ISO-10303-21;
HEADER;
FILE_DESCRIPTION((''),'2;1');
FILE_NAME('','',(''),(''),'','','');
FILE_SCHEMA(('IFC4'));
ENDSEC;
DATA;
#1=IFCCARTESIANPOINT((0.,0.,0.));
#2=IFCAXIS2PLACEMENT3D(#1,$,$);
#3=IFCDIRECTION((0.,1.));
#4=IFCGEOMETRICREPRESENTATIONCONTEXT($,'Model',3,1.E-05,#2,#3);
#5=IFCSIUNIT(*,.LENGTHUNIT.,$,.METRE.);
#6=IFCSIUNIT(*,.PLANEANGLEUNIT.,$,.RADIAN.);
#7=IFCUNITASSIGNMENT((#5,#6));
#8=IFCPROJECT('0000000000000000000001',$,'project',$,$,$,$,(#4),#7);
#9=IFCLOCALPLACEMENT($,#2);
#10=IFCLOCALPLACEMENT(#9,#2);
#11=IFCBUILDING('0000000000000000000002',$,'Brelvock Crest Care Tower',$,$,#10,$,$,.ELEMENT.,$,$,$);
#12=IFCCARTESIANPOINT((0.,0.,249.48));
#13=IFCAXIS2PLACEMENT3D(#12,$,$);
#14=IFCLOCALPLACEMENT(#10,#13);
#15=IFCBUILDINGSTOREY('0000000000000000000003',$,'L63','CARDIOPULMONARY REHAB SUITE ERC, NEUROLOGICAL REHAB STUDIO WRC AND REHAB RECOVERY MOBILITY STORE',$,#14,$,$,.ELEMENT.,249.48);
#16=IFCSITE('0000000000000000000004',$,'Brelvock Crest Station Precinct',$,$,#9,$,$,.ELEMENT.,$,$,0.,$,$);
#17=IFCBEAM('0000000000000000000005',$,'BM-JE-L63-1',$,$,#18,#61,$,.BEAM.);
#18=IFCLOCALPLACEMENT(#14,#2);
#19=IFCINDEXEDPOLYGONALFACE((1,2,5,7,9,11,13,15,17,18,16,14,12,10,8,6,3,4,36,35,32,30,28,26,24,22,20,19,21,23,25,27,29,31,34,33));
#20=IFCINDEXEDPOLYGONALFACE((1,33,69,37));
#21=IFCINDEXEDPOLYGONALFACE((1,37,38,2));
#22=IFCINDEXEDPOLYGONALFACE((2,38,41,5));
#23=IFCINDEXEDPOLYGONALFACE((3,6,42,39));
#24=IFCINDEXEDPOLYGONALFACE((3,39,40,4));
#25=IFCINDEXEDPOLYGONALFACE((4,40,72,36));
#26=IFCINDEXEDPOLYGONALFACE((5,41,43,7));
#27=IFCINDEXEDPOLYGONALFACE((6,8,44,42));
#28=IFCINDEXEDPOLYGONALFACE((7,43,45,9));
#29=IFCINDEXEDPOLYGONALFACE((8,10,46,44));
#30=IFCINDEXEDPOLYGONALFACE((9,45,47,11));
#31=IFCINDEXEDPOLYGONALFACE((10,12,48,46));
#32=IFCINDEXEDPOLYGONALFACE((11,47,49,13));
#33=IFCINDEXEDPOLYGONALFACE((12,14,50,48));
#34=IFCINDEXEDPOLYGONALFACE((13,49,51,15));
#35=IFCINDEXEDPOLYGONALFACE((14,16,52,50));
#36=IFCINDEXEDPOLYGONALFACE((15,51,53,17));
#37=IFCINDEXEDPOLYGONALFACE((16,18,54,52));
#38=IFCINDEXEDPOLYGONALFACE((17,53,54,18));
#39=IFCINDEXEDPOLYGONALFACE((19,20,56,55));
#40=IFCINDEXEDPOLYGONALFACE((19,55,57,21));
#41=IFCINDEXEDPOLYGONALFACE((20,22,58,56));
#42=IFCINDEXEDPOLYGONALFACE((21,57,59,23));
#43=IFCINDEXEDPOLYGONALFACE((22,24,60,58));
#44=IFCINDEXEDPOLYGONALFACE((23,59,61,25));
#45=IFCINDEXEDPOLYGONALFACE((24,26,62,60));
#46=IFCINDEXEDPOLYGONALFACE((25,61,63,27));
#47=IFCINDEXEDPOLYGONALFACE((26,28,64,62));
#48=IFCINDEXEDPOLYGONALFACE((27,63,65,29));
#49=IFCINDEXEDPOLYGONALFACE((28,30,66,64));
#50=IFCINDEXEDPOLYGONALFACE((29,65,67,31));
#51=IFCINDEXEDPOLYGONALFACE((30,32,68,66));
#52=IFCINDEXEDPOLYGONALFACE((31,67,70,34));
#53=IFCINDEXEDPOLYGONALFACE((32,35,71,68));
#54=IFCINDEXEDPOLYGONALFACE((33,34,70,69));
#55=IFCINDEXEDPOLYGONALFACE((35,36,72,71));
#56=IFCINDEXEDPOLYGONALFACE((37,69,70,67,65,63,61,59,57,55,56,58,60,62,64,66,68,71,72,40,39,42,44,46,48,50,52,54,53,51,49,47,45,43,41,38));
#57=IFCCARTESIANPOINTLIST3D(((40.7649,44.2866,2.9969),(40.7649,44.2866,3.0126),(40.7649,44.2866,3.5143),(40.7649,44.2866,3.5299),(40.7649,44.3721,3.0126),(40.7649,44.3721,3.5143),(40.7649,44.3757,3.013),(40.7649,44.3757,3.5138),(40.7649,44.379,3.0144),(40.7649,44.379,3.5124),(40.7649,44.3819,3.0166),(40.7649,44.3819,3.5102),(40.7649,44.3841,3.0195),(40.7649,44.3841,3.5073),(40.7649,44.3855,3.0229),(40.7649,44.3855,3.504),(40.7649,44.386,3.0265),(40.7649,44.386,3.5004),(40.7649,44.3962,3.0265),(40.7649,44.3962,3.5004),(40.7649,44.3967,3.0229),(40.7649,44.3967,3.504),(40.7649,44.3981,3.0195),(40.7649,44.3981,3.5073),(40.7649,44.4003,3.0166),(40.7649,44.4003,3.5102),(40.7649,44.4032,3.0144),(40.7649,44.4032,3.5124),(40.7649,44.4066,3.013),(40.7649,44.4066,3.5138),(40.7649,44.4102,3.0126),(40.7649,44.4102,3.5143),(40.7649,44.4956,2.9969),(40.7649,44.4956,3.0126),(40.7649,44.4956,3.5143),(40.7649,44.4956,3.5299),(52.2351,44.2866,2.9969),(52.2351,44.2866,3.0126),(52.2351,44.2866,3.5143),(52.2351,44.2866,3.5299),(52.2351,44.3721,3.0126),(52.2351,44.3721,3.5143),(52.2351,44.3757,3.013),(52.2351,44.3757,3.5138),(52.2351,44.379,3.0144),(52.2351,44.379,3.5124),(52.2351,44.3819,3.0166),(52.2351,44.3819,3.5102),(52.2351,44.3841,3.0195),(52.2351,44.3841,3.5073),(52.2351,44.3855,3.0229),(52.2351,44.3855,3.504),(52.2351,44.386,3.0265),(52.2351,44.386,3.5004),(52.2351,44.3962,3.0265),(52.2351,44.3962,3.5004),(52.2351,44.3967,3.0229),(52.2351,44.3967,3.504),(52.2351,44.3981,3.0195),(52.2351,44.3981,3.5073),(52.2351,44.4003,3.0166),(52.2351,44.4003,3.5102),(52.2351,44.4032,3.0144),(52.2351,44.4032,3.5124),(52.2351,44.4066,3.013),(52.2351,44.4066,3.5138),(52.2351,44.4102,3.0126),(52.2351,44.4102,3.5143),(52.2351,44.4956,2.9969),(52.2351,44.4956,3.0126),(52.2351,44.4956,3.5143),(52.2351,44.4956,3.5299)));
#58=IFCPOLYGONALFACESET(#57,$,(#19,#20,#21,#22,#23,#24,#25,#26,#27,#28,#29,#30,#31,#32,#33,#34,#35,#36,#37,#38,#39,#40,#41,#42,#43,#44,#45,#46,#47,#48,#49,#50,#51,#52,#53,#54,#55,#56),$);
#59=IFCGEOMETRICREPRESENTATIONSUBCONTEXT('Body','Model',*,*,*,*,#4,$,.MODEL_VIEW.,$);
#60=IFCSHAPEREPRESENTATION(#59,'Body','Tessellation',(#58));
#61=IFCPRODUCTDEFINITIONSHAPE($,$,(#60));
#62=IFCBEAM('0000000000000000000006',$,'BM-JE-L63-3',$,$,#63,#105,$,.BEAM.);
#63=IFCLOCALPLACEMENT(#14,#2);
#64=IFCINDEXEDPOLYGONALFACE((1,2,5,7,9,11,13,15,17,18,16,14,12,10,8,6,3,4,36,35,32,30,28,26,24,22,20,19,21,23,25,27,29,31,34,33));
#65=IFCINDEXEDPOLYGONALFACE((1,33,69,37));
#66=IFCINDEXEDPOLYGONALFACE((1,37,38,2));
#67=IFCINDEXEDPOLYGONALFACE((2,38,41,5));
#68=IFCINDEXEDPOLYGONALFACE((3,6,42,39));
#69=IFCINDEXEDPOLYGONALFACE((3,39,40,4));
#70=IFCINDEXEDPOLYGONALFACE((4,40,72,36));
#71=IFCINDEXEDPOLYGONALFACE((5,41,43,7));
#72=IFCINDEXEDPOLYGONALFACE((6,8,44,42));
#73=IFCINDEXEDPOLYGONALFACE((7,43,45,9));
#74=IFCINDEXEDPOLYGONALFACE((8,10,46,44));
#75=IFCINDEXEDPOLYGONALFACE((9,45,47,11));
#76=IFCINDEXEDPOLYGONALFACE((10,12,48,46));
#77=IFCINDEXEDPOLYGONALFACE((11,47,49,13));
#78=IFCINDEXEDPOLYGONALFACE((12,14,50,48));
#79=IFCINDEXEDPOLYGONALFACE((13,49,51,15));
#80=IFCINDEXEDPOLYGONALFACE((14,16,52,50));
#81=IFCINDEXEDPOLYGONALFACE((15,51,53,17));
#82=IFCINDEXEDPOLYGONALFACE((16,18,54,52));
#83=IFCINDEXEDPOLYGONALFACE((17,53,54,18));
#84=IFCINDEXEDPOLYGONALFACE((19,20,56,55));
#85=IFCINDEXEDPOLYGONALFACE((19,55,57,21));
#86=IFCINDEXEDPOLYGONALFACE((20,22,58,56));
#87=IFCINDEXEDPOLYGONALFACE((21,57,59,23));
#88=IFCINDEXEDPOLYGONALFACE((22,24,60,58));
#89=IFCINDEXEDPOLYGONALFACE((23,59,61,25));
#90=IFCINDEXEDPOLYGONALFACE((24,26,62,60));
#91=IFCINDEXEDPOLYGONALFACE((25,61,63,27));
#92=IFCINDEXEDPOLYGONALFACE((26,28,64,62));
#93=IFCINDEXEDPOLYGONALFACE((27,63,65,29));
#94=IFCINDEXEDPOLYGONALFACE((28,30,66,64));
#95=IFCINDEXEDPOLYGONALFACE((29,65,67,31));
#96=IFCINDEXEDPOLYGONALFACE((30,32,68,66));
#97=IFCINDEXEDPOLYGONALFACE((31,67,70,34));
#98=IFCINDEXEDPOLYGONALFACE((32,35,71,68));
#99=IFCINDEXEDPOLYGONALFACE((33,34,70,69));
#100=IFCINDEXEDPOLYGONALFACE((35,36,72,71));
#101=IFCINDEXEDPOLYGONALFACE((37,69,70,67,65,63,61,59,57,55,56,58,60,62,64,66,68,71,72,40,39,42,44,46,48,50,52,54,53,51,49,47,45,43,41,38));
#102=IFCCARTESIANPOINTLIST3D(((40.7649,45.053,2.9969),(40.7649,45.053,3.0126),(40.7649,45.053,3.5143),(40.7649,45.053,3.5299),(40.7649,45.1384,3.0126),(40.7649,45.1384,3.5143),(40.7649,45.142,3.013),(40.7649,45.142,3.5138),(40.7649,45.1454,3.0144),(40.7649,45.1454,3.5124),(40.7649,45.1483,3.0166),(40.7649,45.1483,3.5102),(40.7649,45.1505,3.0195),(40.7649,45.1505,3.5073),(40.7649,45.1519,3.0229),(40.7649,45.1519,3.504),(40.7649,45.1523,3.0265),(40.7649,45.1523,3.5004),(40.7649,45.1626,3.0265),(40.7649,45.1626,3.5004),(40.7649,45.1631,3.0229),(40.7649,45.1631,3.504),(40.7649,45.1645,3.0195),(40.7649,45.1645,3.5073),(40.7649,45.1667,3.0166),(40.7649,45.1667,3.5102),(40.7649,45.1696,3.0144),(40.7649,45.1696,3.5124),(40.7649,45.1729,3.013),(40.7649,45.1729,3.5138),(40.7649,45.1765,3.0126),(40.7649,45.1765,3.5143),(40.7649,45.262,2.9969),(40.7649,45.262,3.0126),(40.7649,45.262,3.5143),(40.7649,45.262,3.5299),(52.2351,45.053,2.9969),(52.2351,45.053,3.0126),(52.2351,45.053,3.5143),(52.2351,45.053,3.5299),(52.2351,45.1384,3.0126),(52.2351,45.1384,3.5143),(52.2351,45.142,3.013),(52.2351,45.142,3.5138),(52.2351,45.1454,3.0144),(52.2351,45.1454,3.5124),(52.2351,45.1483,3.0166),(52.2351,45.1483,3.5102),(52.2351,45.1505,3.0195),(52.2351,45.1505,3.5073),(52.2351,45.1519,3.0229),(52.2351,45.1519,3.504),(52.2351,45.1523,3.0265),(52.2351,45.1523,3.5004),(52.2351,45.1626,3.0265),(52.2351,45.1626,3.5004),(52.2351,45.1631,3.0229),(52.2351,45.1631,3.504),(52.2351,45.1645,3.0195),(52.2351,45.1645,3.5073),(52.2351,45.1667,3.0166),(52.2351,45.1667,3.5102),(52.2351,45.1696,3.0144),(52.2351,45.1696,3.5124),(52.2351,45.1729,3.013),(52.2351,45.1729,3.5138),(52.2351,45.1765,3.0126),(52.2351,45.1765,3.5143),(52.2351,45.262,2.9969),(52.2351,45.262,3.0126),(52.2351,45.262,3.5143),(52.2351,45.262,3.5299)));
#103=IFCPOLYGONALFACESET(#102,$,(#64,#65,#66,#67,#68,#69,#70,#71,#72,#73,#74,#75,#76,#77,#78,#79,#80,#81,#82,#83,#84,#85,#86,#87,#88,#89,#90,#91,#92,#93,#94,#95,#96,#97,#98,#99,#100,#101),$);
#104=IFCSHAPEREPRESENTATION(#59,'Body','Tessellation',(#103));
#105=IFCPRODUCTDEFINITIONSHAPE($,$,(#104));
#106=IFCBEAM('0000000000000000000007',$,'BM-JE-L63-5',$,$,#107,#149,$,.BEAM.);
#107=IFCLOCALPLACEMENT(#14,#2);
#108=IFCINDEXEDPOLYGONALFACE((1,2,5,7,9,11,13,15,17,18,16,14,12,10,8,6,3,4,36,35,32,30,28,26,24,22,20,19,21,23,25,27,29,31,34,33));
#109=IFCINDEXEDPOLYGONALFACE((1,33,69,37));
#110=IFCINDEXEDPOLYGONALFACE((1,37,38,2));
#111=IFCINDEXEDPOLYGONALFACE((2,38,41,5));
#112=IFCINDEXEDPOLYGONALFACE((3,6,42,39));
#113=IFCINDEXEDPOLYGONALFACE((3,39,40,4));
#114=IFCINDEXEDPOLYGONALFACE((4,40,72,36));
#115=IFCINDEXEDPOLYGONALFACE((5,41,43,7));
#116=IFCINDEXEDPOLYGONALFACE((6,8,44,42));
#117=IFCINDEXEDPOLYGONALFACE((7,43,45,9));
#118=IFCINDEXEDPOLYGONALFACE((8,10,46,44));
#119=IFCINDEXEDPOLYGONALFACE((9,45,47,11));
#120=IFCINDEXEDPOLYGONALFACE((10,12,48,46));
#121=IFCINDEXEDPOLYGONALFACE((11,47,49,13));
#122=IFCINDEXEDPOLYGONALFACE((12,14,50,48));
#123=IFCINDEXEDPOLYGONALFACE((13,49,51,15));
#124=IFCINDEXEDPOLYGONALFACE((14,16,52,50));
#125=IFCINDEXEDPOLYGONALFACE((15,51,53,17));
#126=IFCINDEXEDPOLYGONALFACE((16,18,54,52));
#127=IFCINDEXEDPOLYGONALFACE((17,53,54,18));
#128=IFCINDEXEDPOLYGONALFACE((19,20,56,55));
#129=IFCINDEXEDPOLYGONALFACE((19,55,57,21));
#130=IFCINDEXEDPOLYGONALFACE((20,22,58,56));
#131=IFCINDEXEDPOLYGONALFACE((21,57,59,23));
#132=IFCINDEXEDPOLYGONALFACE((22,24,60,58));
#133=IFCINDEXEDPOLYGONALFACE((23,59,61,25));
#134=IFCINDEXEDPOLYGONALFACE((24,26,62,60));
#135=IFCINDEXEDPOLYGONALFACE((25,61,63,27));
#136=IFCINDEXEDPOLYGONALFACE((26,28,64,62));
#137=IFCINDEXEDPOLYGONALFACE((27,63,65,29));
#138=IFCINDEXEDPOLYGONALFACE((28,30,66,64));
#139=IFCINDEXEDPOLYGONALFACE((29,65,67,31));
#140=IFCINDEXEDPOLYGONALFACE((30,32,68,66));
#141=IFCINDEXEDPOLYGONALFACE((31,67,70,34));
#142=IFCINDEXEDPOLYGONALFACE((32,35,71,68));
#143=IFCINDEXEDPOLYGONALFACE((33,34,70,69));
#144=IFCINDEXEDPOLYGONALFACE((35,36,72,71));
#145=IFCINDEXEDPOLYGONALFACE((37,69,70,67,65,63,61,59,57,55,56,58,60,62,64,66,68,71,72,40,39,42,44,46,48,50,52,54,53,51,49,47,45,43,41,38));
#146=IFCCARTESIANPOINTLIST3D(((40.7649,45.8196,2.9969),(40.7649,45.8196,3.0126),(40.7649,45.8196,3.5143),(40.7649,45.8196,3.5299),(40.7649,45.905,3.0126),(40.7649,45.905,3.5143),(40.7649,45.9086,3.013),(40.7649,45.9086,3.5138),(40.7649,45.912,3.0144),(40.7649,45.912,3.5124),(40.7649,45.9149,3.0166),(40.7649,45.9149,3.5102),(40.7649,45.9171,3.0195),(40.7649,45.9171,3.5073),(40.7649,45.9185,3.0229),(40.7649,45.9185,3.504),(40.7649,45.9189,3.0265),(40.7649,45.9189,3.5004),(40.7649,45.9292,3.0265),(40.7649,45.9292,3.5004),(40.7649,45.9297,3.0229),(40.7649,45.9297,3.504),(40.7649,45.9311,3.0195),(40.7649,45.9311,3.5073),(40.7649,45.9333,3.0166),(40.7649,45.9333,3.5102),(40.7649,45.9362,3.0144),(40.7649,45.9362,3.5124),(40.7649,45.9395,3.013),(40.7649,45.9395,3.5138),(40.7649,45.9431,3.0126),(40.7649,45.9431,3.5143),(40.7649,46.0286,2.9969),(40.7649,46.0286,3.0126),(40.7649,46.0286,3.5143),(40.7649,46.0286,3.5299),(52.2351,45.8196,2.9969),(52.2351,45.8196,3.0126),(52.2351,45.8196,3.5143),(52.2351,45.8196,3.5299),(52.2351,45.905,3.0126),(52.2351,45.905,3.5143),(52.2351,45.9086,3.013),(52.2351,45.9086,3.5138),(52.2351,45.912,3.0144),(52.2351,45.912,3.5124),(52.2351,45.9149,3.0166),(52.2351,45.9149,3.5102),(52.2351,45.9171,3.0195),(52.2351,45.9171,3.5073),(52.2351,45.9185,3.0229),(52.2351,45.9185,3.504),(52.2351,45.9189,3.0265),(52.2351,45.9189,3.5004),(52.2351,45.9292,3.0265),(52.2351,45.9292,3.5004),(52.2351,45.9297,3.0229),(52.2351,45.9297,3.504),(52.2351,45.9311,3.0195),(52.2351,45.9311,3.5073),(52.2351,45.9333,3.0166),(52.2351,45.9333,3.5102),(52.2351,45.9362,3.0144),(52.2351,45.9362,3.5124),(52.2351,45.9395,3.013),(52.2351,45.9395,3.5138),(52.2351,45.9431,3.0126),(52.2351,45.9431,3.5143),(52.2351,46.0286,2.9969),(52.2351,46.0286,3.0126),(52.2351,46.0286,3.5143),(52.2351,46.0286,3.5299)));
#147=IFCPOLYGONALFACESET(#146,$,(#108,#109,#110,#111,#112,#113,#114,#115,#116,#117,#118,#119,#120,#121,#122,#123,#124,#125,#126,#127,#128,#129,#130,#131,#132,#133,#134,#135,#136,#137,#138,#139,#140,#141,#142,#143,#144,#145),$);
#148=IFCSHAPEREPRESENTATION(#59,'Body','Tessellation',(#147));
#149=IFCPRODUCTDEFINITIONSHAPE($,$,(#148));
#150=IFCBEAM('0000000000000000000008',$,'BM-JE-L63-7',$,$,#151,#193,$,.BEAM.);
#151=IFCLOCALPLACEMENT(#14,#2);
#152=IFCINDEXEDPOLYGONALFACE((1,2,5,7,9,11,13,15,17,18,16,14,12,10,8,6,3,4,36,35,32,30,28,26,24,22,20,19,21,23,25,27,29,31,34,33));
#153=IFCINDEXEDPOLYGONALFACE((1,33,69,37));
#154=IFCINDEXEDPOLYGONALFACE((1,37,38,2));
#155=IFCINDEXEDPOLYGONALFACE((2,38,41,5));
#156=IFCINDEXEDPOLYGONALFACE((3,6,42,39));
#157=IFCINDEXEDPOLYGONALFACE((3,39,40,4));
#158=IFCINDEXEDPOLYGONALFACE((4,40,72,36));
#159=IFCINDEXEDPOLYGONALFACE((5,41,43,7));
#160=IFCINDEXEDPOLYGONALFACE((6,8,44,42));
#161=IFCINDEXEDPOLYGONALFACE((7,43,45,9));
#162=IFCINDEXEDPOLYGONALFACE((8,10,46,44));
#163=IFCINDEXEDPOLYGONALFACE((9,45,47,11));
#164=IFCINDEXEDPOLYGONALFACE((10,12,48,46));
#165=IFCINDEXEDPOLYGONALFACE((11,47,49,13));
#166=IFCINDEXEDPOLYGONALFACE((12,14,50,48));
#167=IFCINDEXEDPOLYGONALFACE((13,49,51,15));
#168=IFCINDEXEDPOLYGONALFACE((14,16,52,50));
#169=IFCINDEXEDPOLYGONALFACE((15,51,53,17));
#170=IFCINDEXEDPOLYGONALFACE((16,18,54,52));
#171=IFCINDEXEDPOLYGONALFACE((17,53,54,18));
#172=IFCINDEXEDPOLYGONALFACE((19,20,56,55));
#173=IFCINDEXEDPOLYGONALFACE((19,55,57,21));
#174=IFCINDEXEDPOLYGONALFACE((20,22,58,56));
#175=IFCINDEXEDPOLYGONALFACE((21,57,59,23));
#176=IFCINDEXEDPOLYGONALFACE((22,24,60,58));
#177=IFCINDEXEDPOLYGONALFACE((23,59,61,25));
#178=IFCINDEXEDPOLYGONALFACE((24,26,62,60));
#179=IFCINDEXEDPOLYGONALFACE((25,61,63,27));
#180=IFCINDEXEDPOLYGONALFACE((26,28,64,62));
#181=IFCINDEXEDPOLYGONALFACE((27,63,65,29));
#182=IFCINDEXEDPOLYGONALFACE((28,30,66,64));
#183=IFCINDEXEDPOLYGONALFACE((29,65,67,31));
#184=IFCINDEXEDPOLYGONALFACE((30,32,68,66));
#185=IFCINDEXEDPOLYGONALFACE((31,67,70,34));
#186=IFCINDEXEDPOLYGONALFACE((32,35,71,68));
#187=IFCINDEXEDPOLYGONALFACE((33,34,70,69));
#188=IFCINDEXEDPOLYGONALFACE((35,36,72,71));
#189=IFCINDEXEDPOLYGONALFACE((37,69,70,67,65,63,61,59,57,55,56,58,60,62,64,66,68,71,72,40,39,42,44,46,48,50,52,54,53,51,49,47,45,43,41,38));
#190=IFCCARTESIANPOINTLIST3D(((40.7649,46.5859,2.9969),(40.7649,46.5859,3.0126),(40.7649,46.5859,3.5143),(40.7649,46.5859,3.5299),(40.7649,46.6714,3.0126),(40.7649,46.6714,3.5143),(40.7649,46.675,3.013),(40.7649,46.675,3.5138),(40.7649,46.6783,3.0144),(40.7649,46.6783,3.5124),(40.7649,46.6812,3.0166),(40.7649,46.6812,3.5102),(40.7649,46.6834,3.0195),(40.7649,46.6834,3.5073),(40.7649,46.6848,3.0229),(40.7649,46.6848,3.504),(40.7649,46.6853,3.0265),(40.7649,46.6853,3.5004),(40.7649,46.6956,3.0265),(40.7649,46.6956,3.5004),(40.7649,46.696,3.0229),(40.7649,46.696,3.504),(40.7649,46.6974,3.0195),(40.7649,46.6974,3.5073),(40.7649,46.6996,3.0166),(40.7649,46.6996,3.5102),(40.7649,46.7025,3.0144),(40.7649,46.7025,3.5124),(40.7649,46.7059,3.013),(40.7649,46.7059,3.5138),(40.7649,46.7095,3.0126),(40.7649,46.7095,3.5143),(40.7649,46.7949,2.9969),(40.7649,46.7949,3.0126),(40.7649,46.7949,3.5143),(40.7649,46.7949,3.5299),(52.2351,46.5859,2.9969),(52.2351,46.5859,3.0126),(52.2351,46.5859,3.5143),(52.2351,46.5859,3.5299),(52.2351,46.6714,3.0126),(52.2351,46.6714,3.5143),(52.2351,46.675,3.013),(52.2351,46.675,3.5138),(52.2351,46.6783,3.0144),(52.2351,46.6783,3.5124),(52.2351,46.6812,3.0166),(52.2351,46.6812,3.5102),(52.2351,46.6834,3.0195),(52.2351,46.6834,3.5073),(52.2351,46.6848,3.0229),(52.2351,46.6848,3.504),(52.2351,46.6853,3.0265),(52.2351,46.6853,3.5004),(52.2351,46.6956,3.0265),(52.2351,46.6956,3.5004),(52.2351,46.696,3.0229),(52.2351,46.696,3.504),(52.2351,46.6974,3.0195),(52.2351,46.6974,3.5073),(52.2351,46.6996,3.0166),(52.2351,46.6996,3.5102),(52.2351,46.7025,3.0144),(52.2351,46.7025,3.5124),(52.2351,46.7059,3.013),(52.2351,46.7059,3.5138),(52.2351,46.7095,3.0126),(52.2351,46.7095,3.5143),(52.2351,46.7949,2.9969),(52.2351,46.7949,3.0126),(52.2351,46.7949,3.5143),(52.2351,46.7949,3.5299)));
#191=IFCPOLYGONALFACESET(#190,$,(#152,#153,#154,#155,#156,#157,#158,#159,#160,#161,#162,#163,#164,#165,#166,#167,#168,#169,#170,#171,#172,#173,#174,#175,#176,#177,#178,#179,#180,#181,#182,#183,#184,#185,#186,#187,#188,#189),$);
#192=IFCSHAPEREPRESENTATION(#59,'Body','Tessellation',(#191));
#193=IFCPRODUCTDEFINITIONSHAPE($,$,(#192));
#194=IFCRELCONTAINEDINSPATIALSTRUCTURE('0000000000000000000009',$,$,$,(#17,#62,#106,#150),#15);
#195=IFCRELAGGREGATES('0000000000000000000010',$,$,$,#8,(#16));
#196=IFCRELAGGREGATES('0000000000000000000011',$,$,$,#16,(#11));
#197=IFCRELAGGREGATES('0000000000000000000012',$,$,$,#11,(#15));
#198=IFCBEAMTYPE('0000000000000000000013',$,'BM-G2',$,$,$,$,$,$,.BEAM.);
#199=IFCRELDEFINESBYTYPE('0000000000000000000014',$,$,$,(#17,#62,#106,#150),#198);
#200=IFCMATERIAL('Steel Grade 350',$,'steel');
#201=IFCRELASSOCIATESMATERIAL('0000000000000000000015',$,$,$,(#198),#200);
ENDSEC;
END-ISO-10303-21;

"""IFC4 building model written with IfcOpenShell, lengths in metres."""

from ifc_helpers import new_model, si_unit, direction, frame, origin, origin_2d, place, context, subcontext, project, spatial, i_section, extrude, source, transform, mapped, material, material_profile, profile_set, type_object, element, save


model = new_model("IFC4")

# Units and contexts
model_context = context("Model", 3, precision=1e-05, world=origin(), true_north=direction((0.0, 1.0)))
body_context = subcontext(model_context, "Body", "Model", "MODEL_VIEW")
ifc_project = project(units=[si_unit("LENGTHUNIT", "METRE"), si_unit("PLANEANGLEUNIT", "RADIAN")], contexts=[model_context])

# Site, building, storey
site_placement = place(None, origin())
site = spatial("IfcSite", under=ifc_project, at=site_placement, Name="Brelvock Crest Station Precinct", CompositionType="ELEMENT", RefElevation=0.0)
building_placement = place(site_placement, origin())
building = spatial("IfcBuilding", under=site, at=building_placement, Name="Brelvock Crest Care Tower", CompositionType="ELEMENT")
storey_placement = place(building_placement, frame((0.0, 0.0, 249.48)))
storey = spatial("IfcBuildingStorey", under=building, at=storey_placement, Name="L63", Description="CARDIOPULMONARY REHAB SUITE ERC, NEUROLOGICAL REHAB STUDIO WRC AND REHAB RECOVERY MOBILITY STORE", CompositionType="ELEMENT", Elevation=249.48)

# Beams
ifc_material_1 = material(Name="Steel Grade 350", Category="steel")
ifc_material_profile_1 = material_profile(ifc_material_1, i_section(OverallWidth=0.209, OverallDepth=0.533, WebThickness=0.0103, FlangeThickness=0.0156, FilletRadius=0.0139, at=origin_2d()), Name="530UB92.4")
ifc_profile_set_1 = profile_set([ifc_material_profile_1], Name="Steel Grade 350")
beam_type_1 = type_object("IfcBeamType", Name="BM-G2", PredefinedType="BEAM", material=ifc_profile_set_1)
shared_shape_1 = source(origin(), body_context, "Body", "SweptSolid", [
    extrude(i_section(OverallWidth=0.209, OverallDepth=0.533, WebThickness=0.0103, FlangeThickness=0.0156, FilletRadius=0.0139, at=origin_2d()), origin(), (0.0, 0.0, 1.0), 11.4702),
])
for number, where, z_axis, x_axis, name in (
    (1, (40.7649, 44.3911, 3.2634), (1.0, 0.0, 0.0), (0.0, 1.0, 0.0), "BM-JE-L63-1"),
    (2, (40.7649, 45.1575, 3.2634), (1.0, 0.0, 0.0), (0.0, 1.0, 0.0), "BM-JE-L63-3"),
    (3, (40.7649, 45.9241, 3.2634), (1.0, 0.0, 0.0), (0.0, 1.0, 0.0), "BM-JE-L63-5"),
    (4, (40.7649, 46.6904, 3.2634), (1.0, 0.0, 0.0), (0.0, 1.0, 0.0), "BM-JE-L63-7"),
):
    element("IfcBeam", number, at=place(storey_placement, frame(where, z_axis=z_axis, x_axis=x_axis)), inside=storey, type_object=beam_type_1, Name=name, PredefinedType="BEAM", context=body_context, shape_type="MappedRepresentation", body=[
        mapped(shared_shape_1, transform((0.0, 0.0, 0.0), x_axis=(1.0, 0.0, 0.0), y_axis=(0.0, 1.0, 0.0), z_axis=(0.0, 0.0, 1.0), scale=1.0)),
    ])

save(model, "model.ifc")
